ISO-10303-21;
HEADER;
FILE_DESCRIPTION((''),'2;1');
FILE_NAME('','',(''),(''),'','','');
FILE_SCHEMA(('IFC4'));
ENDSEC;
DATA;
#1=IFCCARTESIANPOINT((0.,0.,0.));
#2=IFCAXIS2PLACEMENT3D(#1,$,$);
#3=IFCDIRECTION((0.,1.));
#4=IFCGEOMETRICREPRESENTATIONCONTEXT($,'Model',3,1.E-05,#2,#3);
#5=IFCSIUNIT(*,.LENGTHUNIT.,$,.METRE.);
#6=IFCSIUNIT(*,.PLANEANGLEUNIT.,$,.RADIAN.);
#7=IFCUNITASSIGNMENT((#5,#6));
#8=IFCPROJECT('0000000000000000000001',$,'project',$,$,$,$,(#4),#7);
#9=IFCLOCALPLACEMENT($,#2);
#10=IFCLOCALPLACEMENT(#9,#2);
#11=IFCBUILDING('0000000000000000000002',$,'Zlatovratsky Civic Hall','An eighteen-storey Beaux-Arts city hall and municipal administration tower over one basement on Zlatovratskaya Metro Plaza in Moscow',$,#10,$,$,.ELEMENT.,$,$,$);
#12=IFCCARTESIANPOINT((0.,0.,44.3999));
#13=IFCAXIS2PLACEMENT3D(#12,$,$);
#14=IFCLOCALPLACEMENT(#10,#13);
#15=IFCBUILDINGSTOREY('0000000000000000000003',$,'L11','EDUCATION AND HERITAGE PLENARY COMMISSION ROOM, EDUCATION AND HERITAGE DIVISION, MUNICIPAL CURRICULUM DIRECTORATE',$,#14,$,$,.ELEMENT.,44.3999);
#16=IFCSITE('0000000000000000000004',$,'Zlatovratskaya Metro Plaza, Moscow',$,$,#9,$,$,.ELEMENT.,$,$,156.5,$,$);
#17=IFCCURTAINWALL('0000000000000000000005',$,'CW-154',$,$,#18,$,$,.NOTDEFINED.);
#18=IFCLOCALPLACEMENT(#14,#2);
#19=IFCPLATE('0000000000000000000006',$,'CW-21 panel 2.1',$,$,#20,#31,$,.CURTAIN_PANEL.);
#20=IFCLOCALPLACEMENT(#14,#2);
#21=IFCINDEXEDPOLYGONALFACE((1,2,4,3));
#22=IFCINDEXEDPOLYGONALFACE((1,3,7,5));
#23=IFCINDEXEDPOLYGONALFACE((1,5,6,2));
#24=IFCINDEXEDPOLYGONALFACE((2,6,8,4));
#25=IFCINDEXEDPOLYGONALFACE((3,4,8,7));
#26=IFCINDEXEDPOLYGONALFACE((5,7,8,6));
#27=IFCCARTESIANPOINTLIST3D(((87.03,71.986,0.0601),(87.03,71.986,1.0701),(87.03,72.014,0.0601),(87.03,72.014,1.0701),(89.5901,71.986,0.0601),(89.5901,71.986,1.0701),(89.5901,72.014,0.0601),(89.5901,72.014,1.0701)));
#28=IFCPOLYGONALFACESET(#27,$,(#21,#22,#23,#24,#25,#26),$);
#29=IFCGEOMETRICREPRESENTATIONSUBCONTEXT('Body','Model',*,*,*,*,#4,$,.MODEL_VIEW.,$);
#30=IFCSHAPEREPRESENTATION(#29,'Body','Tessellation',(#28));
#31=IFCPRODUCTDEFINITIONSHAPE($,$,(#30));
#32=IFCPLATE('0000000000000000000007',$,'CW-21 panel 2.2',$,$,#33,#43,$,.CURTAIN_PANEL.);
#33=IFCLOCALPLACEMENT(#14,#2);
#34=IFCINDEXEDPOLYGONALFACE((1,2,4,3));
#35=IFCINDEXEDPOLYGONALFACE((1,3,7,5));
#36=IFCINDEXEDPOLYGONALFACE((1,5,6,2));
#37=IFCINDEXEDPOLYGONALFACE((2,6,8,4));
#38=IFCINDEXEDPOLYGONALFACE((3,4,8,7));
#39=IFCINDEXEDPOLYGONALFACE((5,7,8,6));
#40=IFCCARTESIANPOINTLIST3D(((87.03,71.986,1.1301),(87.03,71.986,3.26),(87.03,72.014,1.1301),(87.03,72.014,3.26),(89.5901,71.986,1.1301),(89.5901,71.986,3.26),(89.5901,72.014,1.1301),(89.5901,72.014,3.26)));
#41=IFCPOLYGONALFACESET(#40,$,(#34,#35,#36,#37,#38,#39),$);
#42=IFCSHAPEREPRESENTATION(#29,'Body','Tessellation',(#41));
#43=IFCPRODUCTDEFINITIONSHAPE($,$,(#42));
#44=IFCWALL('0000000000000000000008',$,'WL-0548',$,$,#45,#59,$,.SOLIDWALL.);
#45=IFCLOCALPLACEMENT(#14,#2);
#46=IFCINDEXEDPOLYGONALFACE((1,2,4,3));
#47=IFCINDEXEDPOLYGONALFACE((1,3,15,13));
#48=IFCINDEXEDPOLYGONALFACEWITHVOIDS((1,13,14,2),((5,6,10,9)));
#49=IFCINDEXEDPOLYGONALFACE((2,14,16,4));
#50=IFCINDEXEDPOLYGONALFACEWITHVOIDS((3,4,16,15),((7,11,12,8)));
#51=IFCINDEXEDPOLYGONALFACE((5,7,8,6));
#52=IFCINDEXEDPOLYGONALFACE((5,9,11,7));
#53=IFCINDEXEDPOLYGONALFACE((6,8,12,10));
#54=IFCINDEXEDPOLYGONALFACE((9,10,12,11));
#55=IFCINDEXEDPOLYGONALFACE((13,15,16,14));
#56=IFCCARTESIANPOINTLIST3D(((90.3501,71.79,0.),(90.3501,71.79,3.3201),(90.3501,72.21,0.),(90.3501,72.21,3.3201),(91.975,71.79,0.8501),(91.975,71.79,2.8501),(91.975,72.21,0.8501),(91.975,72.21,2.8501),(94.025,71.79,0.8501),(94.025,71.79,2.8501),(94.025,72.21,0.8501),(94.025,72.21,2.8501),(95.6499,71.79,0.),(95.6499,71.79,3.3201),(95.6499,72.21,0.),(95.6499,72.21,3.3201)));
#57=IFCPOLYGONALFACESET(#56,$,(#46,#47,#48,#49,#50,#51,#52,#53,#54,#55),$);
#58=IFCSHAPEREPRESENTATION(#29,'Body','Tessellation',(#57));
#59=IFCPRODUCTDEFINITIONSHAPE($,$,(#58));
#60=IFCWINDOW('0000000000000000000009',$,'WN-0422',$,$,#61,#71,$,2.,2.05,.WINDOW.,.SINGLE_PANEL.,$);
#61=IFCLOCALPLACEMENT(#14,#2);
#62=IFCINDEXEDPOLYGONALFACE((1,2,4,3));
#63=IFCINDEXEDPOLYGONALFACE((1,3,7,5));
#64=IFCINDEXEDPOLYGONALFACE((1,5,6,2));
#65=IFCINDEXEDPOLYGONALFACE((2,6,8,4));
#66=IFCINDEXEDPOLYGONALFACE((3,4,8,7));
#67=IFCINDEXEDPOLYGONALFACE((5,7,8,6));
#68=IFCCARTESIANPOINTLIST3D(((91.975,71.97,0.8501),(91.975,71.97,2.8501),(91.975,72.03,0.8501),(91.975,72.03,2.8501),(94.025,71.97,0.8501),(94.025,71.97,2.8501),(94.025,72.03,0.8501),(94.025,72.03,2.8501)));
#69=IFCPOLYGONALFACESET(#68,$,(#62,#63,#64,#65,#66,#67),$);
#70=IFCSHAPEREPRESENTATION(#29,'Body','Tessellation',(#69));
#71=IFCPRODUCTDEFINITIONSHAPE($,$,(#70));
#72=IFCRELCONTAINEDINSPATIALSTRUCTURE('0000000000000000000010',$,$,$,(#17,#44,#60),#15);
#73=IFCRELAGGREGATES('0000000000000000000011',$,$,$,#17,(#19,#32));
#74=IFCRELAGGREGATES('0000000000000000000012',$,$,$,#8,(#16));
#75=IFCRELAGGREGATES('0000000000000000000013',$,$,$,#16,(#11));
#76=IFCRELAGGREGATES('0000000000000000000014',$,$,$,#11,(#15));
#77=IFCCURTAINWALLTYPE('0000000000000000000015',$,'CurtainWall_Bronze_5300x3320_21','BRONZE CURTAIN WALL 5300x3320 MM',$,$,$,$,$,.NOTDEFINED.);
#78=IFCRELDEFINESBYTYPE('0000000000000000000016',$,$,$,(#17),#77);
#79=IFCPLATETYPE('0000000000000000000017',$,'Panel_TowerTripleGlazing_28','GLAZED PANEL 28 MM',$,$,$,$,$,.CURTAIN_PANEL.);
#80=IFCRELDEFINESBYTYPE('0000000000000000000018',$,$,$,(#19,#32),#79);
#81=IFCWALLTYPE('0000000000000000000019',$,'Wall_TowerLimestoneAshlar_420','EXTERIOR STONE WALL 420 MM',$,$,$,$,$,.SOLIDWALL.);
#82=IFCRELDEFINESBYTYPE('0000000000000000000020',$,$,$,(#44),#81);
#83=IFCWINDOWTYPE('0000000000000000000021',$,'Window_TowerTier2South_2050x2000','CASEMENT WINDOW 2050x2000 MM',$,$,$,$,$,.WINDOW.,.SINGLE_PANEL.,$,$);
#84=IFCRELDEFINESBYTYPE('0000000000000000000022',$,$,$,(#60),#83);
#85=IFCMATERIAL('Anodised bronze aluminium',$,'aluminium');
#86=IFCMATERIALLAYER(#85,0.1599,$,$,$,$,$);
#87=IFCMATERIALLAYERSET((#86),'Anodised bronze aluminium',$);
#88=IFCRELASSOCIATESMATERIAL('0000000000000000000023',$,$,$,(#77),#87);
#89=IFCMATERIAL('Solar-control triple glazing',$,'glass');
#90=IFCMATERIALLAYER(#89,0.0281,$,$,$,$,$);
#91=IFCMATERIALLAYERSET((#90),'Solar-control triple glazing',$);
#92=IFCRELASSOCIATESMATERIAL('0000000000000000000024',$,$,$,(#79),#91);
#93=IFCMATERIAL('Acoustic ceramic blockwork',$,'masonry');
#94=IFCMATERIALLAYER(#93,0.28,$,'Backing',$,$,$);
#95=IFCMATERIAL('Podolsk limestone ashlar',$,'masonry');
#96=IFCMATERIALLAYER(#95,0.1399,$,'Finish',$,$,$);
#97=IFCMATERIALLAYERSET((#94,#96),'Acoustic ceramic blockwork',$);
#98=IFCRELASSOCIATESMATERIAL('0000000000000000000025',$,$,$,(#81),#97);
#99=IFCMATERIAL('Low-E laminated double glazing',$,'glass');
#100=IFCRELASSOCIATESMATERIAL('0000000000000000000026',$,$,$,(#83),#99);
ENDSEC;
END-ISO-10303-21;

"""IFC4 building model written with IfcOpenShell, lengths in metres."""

from ifc_helpers import new_model, si_unit, direction, frame, frame_2d, origin, origin_2d, place, context, subcontext, project, spatial, rectangle, extrude, material, layer, layer_set, type_object, element, fill, aggregate, save


model = new_model("IFC4")

# Units and contexts
model_context = context("Model", 3, precision=1e-05, world=origin(), true_north=direction((0.0, 1.0)))
body_context = subcontext(model_context, "Body", "Model", "MODEL_VIEW")
ifc_project = project(units=[si_unit("LENGTHUNIT", "METRE"), si_unit("PLANEANGLEUNIT", "RADIAN")], contexts=[model_context])

# Site, building, storey
site_placement = place(None, origin())
site = spatial("IfcSite", under=ifc_project, at=site_placement, Name="Zlatovratskaya Metro Plaza, Moscow", CompositionType="ELEMENT", RefElevation=156.5)
building_placement = place(site_placement, origin())
building = spatial("IfcBuilding", under=site, at=building_placement, Name="Zlatovratsky Civic Hall", Description="An eighteen-storey Beaux-Arts city hall and municipal administration tower over one basement on Zlatovratskaya Metro Plaza in Moscow", CompositionType="ELEMENT")
storey_placement = place(building_placement, frame((0.0, 0.0, 44.3999)))
storey = spatial("IfcBuildingStorey", under=building, at=storey_placement, Name="L11", Description="EDUCATION AND HERITAGE PLENARY COMMISSION ROOM, EDUCATION AND HERITAGE DIVISION, MUNICIPAL CURRICULUM DIRECTORATE", CompositionType="ELEMENT", Elevation=44.3999)

# Shared definitions
ifc_material_1 = material(Name="Anodised bronze aluminium", Category="aluminium")
ifc_layer_1 = layer(ifc_material_1, 0.1599)
ifc_layer_set_1 = layer_set([ifc_layer_1], Name="Anodised bronze aluminium")
curtain_wall_type = type_object("IfcCurtainWallType", Name="CurtainWall_Bronze_5300x3320_21", Description="BRONZE CURTAIN WALL 5300x3320 MM", PredefinedType="NOTDEFINED", material=ifc_layer_set_1)

# Curtain wall, plates
curtain_wall_1_placement = place(storey_placement, origin())
curtain_wall_1 = element("IfcCurtainWall", 1, at=curtain_wall_1_placement, inside=storey, type_object=curtain_wall_type, Name="CW-154", PredefinedType="NOTDEFINED")
ifc_material_2 = material(Name="Solar-control triple glazing", Category="glass")
ifc_layer_2 = layer(ifc_material_2, 0.0281)
ifc_layer_set_2 = layer_set([ifc_layer_2], Name="Solar-control triple glazing")
plate_type = type_object("IfcPlateType", Name="Panel_TowerTripleGlazing_28", Description="GLAZED PANEL 28 MM", PredefinedType="CURTAIN_PANEL", material=ifc_layer_set_2)
plate_1_placement = place(storey_placement, frame((88.3101, 72.0, 0.0601), z_axis=(0.0, 0.0, 1.0), x_axis=(1.0, 0.0, 0.0)))
plate_1 = element("IfcPlate", 2, at=plate_1_placement, type_object=plate_type, Name="CW-21 panel 2.1", PredefinedType="CURTAIN_PANEL", context=body_context, shape_type="SweptSolid", body=[
    extrude(rectangle(XDim=2.5601, YDim=0.0281, at=origin_2d()), origin(), (0.0, 0.0, 1.0), 1.01),
])
plate_2_placement = place(storey_placement, frame((88.3101, 72.0, 1.1301), z_axis=(0.0, 0.0, 1.0), x_axis=(1.0, 0.0, 0.0)))
plate_2 = element("IfcPlate", 3, at=plate_2_placement, type_object=plate_type, Name="CW-21 panel 2.2", PredefinedType="CURTAIN_PANEL", context=body_context, shape_type="SweptSolid", body=[
    extrude(rectangle(XDim=2.5601, YDim=0.0281, at=origin_2d()), origin(), (0.0, 0.0, 1.0), 2.1299),
])
aggregate(curtain_wall_1, [plate_1, plate_2])

# Wall, opening, window
ifc_material_3 = material(Name="Acoustic ceramic blockwork", Category="masonry")
ifc_layer_3 = layer(ifc_material_3, 0.28, Name="Backing")
ifc_material_4 = material(Name="Podolsk limestone ashlar", Category="masonry")
ifc_layer_4 = layer(ifc_material_4, 0.1399, Name="Finish")
ifc_layer_set_3 = layer_set([ifc_layer_3, ifc_layer_4], Name="Acoustic ceramic blockwork")
wall_type = type_object("IfcWallType", Name="Wall_TowerLimestoneAshlar_420", Description="EXTERIOR STONE WALL 420 MM", PredefinedType="SOLIDWALL", material=ifc_layer_set_3)
wall_placement = place(storey_placement, frame((90.3501, 72.0, 0.0), z_axis=(0.0, 0.0, 1.0), x_axis=(1.0, 0.0, 0.0)))
wall = element("IfcWall", 4, at=wall_placement, inside=storey, type_object=wall_type, Name="WL-0548", PredefinedType="SOLIDWALL", context=body_context, shape_type="SweptSolid", body=[
    extrude(rectangle(XDim=5.2998, YDim=0.4199, at=frame_2d((2.6499, 0.0))), origin(), (0.0, 0.0, 1.0), 3.3201),
])
opening_placement = place(wall_placement, frame((1.625, 0.0, 0.8501)))
opening = element("IfcOpeningElement", 5, at=opening_placement, cuts=wall, PredefinedType="OPENING", context=body_context, shape_type="SweptSolid", body=[
    extrude(rectangle(XDim=2.05, YDim=2.0, at=frame_2d((1.0249, 1.0))), frame((0.0, 0.2249, 0.0), z_axis=(0.0, -1.0, 0.0), x_axis=(1.0, 0.0, 0.0)), (0.0, 0.0, 1.0), 0.4497),
])
ifc_material_5 = material(Name="Low-E laminated double glazing", Category="glass")
window_type = type_object("IfcWindowType", Name="Window_TowerTier2South_2050x2000", Description="CASEMENT WINDOW 2050x2000 MM", PartitioningType="SINGLE_PANEL", PredefinedType="WINDOW", material=ifc_material_5)
window_placement = place(opening_placement, origin())
window = element("IfcWindow", 6, at=window_placement, inside=storey, type_object=window_type, Name="WN-0422", OverallHeight=2.0, OverallWidth=2.05, PartitioningType="SINGLE_PANEL", PredefinedType="WINDOW", context=body_context, shape_type="SweptSolid", body=[
    extrude(rectangle(XDim=2.05, YDim=2.0, at=frame_2d((1.0249, 1.0))), frame((0.0, 0.03, 0.0), z_axis=(0.0, -1.0, 0.0), x_axis=(1.0, 0.0, 0.0)), (0.0, 0.0, 1.0), 0.0601),
])
fill(opening, window)

save(model, "model.ifc")
